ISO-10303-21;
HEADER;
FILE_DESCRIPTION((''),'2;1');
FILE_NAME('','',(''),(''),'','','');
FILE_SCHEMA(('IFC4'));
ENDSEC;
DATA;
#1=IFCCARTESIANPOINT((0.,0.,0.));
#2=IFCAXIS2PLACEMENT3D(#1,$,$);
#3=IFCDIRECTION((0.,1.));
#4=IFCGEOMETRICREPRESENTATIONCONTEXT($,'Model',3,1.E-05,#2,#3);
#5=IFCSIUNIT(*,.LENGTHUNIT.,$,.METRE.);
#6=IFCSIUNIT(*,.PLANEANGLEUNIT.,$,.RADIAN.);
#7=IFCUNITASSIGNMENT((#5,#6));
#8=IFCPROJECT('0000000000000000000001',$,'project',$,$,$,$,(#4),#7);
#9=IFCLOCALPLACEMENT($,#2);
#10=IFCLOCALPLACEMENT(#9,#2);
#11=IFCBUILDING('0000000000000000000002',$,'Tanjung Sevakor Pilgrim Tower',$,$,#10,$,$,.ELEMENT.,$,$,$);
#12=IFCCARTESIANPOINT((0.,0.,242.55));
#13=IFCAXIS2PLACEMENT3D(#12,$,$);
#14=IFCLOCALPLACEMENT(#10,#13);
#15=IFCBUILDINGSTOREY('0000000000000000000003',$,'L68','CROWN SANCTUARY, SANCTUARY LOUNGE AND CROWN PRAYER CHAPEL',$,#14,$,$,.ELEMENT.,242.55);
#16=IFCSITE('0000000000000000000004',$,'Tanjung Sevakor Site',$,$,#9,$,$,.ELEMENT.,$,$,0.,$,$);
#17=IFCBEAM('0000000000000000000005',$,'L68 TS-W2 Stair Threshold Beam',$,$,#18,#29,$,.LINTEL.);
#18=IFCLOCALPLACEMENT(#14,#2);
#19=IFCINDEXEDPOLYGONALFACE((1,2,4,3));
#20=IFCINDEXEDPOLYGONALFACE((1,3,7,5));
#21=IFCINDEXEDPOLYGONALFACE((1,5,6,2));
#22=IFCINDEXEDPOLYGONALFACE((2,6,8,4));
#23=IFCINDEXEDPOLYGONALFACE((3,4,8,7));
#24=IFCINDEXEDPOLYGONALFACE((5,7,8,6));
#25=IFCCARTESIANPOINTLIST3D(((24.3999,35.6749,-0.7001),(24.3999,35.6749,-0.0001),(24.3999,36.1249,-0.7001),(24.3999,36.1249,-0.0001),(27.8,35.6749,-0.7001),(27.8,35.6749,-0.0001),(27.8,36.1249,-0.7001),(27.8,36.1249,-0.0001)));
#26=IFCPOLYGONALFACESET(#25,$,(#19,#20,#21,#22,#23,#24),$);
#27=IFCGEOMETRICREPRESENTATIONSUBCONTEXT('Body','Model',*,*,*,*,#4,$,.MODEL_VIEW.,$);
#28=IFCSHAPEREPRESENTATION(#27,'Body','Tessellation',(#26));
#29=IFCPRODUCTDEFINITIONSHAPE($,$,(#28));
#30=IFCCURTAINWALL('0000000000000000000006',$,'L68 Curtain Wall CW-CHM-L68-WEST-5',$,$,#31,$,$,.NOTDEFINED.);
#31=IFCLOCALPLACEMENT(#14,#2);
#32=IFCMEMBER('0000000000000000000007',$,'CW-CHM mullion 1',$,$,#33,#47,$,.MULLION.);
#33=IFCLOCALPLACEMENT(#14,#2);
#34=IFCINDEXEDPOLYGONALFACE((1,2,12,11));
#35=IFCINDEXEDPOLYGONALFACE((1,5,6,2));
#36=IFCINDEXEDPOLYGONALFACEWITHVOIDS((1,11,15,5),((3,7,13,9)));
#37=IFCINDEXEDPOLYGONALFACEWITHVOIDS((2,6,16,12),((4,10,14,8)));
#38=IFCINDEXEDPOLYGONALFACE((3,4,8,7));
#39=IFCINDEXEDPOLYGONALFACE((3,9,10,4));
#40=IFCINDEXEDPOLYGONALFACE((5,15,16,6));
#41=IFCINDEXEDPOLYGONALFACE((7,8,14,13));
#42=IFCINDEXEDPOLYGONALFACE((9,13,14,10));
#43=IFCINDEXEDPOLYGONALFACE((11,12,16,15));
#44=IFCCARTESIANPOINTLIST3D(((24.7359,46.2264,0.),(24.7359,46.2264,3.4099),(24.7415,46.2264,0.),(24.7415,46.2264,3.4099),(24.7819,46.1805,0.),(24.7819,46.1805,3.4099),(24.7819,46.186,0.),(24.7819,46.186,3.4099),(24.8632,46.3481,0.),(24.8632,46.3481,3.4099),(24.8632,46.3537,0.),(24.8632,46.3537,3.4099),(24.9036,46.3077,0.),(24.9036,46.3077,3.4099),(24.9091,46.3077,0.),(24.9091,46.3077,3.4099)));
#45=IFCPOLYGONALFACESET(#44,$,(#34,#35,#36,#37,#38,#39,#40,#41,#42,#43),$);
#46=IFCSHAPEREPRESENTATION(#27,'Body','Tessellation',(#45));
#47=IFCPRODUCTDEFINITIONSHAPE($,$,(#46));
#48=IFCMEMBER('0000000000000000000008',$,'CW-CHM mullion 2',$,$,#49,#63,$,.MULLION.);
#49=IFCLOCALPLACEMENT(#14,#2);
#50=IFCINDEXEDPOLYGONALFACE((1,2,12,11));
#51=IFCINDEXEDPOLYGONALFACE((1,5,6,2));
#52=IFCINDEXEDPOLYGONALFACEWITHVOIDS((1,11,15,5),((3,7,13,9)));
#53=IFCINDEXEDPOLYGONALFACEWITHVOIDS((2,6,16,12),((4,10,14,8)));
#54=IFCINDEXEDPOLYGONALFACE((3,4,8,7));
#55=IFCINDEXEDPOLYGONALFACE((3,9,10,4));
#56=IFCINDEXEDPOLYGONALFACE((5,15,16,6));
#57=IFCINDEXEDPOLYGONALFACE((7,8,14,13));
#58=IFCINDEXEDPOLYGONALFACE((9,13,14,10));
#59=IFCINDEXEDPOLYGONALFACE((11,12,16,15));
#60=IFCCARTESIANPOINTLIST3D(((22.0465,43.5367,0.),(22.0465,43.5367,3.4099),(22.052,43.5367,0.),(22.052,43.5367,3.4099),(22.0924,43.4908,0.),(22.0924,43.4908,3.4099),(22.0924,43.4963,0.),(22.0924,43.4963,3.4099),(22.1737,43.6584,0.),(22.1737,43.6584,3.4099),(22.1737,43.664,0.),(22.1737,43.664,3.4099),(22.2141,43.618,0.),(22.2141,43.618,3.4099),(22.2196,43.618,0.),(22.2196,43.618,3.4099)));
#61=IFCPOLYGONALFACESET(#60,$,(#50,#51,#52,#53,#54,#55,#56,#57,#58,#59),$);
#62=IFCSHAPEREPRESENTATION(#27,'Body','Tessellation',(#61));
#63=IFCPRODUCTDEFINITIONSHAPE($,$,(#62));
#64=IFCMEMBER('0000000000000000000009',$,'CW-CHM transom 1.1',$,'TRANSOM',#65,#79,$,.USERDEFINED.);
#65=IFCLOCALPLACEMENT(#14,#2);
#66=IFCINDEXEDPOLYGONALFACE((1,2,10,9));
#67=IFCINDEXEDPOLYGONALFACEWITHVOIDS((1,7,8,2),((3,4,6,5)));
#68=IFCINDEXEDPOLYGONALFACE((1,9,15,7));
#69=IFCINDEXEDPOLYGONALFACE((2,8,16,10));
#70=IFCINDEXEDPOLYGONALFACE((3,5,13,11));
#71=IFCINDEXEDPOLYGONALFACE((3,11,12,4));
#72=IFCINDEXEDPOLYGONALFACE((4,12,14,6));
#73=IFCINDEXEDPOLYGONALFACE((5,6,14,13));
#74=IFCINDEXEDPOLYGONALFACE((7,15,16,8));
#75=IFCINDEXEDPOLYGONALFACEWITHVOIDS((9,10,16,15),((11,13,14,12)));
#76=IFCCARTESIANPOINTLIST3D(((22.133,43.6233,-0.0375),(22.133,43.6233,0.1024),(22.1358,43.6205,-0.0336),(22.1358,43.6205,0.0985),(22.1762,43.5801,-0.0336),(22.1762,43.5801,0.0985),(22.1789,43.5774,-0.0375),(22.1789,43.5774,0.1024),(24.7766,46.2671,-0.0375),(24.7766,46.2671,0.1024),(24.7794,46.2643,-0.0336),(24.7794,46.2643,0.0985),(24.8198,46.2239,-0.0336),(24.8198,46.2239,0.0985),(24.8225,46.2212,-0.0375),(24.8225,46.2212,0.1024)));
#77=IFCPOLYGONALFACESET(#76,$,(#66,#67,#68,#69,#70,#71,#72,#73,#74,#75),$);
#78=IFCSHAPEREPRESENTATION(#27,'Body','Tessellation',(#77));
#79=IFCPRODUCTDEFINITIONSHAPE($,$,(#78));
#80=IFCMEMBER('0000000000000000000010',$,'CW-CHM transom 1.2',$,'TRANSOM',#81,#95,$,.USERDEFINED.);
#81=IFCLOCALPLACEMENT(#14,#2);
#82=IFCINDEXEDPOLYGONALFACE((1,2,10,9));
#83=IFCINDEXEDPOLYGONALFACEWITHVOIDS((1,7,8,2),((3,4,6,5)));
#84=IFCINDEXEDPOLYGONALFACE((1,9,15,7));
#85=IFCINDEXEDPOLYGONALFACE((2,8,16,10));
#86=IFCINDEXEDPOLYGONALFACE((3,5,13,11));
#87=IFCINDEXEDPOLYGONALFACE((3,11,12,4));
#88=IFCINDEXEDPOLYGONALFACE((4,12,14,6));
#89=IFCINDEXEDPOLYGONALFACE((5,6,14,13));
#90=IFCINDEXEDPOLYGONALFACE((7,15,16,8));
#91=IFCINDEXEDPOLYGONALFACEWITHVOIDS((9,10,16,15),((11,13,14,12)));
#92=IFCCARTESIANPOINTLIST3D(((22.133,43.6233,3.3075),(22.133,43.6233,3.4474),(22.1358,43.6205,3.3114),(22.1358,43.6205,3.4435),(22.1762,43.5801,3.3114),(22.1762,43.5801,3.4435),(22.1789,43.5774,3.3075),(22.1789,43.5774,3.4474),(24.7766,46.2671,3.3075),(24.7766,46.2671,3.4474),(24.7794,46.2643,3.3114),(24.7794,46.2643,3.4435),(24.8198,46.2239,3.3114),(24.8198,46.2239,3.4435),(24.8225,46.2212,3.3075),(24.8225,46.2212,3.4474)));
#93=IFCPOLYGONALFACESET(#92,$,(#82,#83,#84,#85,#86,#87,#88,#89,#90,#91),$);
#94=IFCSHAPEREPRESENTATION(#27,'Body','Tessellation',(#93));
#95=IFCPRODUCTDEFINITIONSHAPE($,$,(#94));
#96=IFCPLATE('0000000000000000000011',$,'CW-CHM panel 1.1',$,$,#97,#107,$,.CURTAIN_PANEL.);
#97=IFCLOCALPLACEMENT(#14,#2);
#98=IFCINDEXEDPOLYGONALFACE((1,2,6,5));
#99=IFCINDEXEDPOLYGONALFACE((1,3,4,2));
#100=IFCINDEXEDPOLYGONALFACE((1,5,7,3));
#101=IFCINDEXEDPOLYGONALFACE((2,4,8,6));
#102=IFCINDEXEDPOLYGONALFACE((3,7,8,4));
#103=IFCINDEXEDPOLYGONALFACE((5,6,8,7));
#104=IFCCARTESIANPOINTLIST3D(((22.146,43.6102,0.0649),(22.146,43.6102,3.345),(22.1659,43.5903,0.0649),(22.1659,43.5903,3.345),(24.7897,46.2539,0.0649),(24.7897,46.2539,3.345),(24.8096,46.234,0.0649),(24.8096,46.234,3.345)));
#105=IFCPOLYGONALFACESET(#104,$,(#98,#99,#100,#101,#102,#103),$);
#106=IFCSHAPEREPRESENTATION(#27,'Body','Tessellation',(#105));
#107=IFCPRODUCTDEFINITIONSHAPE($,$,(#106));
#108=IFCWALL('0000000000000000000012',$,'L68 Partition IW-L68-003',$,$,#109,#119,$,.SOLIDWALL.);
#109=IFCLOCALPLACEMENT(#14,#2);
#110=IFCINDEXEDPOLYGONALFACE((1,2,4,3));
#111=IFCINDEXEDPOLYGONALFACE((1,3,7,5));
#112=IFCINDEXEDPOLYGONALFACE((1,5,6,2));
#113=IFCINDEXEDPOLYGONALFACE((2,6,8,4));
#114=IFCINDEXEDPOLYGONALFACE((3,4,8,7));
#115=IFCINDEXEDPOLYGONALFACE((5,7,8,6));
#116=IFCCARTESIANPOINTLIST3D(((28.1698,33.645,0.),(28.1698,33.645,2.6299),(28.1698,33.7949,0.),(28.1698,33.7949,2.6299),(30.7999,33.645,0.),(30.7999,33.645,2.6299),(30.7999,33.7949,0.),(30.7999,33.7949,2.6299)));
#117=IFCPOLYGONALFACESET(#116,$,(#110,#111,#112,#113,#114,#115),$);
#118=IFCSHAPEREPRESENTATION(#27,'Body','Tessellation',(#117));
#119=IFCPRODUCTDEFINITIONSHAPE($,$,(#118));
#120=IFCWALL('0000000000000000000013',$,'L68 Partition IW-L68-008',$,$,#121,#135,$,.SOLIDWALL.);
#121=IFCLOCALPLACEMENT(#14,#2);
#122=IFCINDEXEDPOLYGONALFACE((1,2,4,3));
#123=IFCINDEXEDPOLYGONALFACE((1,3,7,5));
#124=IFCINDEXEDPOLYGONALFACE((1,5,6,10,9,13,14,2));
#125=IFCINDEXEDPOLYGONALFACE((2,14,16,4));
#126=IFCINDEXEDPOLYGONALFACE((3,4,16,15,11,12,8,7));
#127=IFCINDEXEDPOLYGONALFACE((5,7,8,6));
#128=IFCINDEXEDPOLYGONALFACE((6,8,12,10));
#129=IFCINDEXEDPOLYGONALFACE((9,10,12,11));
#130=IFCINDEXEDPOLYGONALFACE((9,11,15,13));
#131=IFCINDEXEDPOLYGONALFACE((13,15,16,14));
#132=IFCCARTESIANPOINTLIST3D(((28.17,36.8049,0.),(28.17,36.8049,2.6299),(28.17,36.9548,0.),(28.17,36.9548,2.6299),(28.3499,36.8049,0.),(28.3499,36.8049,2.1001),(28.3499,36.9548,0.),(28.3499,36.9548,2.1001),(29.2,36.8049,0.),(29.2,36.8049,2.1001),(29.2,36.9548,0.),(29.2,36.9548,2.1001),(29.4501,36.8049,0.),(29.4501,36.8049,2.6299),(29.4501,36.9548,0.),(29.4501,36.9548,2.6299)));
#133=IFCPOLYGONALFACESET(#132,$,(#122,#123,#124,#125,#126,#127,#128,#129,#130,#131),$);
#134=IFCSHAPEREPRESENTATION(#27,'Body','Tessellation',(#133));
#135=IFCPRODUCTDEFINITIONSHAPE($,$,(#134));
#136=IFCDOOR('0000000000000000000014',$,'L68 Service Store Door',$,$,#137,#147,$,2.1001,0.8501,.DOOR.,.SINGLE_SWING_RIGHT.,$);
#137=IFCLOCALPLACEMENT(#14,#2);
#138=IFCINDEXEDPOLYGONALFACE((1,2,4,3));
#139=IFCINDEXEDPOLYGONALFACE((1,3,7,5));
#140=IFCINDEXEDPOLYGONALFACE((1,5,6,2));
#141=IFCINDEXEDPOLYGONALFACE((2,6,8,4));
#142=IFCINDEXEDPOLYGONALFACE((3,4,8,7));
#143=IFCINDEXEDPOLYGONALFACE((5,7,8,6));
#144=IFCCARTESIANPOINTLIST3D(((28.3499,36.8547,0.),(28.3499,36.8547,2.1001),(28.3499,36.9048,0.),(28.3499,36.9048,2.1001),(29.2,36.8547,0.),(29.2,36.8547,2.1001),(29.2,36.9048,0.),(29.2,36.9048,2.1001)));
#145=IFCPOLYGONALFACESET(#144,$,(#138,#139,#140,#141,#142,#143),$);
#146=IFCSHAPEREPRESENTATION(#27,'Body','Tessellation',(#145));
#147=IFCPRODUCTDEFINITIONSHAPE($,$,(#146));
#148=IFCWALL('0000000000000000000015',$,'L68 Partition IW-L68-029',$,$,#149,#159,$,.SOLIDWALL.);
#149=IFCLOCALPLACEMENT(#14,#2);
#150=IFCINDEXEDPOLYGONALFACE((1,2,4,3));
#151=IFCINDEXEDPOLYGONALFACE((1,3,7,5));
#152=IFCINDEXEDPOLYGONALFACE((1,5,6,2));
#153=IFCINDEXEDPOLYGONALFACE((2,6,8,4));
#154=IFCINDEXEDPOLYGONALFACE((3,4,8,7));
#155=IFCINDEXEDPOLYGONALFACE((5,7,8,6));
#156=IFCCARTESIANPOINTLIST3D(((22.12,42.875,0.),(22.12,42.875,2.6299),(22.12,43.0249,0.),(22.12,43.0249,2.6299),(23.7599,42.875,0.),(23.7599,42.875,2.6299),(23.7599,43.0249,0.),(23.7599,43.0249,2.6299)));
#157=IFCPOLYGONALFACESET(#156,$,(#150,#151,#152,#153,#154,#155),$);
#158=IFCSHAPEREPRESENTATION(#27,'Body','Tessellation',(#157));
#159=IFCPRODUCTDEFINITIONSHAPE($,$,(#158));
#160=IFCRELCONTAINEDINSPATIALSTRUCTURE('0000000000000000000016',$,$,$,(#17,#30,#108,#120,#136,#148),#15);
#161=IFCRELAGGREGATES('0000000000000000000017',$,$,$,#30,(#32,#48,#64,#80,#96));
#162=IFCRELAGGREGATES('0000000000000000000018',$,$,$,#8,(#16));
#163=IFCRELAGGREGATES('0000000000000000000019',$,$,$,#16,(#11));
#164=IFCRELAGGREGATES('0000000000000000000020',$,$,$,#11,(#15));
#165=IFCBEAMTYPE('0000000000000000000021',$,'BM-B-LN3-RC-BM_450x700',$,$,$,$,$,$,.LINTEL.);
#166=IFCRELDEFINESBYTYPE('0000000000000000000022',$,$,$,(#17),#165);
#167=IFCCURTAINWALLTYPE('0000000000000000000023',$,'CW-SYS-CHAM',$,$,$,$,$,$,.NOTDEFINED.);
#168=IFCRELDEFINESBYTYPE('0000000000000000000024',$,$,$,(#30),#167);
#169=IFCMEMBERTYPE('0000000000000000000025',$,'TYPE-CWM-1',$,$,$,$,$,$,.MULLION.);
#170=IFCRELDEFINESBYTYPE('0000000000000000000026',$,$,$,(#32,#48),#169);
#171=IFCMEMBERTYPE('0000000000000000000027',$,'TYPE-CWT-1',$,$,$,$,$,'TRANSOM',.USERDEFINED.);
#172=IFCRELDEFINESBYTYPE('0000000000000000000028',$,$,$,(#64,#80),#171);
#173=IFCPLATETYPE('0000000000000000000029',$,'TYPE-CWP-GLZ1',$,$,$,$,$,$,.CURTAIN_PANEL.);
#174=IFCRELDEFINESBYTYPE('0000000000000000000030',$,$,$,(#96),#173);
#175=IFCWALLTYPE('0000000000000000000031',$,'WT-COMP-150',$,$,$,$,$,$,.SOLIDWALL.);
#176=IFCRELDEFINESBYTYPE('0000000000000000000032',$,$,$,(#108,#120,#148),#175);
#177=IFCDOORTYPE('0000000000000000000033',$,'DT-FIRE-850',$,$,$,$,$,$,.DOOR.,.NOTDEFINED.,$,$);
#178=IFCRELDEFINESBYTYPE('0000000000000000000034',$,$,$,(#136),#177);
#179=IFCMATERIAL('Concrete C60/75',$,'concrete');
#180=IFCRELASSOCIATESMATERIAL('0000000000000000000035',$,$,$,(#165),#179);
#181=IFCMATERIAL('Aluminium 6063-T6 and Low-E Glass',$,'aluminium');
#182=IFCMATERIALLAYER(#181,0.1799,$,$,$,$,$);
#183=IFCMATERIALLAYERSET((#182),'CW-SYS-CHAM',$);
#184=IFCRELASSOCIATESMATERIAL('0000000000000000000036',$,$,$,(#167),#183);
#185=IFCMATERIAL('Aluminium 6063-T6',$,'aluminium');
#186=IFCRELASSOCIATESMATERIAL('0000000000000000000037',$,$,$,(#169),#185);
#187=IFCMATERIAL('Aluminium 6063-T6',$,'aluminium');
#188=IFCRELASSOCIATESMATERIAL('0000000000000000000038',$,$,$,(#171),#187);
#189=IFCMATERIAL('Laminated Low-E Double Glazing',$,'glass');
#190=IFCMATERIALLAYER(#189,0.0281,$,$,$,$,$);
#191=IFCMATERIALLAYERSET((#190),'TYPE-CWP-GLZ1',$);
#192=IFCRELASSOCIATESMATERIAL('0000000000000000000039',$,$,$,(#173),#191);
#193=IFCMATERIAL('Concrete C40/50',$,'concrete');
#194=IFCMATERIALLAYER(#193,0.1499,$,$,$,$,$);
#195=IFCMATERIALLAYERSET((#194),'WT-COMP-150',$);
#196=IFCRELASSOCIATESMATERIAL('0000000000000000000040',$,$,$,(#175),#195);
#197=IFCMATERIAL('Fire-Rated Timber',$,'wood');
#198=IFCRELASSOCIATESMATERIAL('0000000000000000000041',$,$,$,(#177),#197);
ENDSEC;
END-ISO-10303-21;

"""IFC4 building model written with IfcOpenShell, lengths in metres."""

from ifc_helpers import new_model, si_unit, direction, frame, frame_2d, origin, origin_2d, place, context, subcontext, project, spatial, rectangle, hollow_rectangle, extrude, material, layer, layer_set, material_profile, profile_set, type_object, element, fill, aggregate, save


model = new_model("IFC4")

# Units and contexts
model_context = context("Model", 3, precision=1e-05, world=origin(), true_north=direction((0.0, 1.0)))
body_context = subcontext(model_context, "Body", "Model", "MODEL_VIEW")
ifc_project = project(units=[si_unit("LENGTHUNIT", "METRE"), si_unit("PLANEANGLEUNIT", "RADIAN")], contexts=[model_context])

# Site, building, storey
site_placement = place(None, origin())
site = spatial("IfcSite", under=ifc_project, at=site_placement, Name="Tanjung Sevakor Site", CompositionType="ELEMENT", RefElevation=0.0)
building_placement = place(site_placement, origin())
building = spatial("IfcBuilding", under=site, at=building_placement, Name="Tanjung Sevakor Pilgrim Tower", CompositionType="ELEMENT")
storey_placement = place(building_placement, frame((0.0, 0.0, 242.55)))
storey = spatial("IfcBuildingStorey", under=building, at=storey_placement, Name="L68", Description="CROWN SANCTUARY, SANCTUARY LOUNGE AND CROWN PRAYER CHAPEL", CompositionType="ELEMENT", Elevation=242.55)

# Beam
ifc_material_1 = material(Name="Concrete C60/75", Category="concrete")
ifc_material_profile_1 = material_profile(ifc_material_1, rectangle(XDim=0.45, YDim=0.7, at=origin_2d()))
ifc_profile_set_1 = profile_set([ifc_material_profile_1], Name="Concrete C60/75")
beam_type = type_object("IfcBeamType", Name="BM-B-LN3-RC-BM_450x700", PredefinedType="LINTEL", material=ifc_profile_set_1)
beam_placement = place(storey_placement, frame((24.3999, 35.8999, -0.3501), z_axis=(1.0, 0.0, 0.0), x_axis=(0.0, 1.0, 0.0)))
element("IfcBeam", 1, at=beam_placement, inside=storey, type_object=beam_type, Name="L68 TS-W2 Stair Threshold Beam", PredefinedType="LINTEL", context=body_context, shape_type="SweptSolid", body=[
    extrude(rectangle(XDim=0.45, YDim=0.7, at=origin_2d()), origin(), (0.0, 0.0, 1.0), 3.4001),
])

# Curtain wall, members, plate
ifc_material_2 = material(Name="Aluminium 6063-T6 and Low-E Glass", Category="aluminium")
ifc_layer_1 = layer(ifc_material_2, 0.1799)
ifc_layer_set_1 = layer_set([ifc_layer_1], Name="CW-SYS-CHAM")
curtain_wall_type = type_object("IfcCurtainWallType", Name="CW-SYS-CHAM", PredefinedType="NOTDEFINED", material=ifc_layer_set_1)
curtain_wall_placement = place(storey_placement, origin())
curtain_wall = element("IfcCurtainWall", 2, at=curtain_wall_placement, inside=storey, type_object=curtain_wall_type, Name="L68 Curtain Wall CW-CHM-L68-WEST-5", PredefinedType="NOTDEFINED")
ifc_material_3 = material(Name="Aluminium 6063-T6", Category="aluminium")
ifc_material_profile_2 = material_profile(ifc_material_3, hollow_rectangle(XDim=0.0649, YDim=0.1799, WallThickness=0.0039, at=origin_2d()))
ifc_profile_set_2 = profile_set([ifc_material_profile_2], Name="Aluminium 6063-T6")
member_type_1 = type_object("IfcMemberType", Name="TYPE-CWM-1", PredefinedType="MULLION", material=ifc_profile_set_2)
member_1_placement = place(storey_placement, frame((24.8225, 46.2671, 0.0), z_axis=(0.0, 0.0, 1.0), x_axis=(0.707107, -0.707107, 0.0)))
member_1 = element("IfcMember", 3, at=member_1_placement, type_object=member_type_1, Name="CW-CHM mullion 1", PredefinedType="MULLION", context=body_context, shape_type="SweptSolid", body=[
    extrude(hollow_rectangle(XDim=0.0649, YDim=0.1799, WallThickness=0.0039, at=origin_2d()), origin(), (0.0, 0.0, 1.0), 3.4099),
])
member_2_placement = place(storey_placement, frame((22.1331, 43.5774, 0.0), z_axis=(0.0, 0.0, 1.0), x_axis=(0.707107, -0.707107, 0.0)))
member_2 = element("IfcMember", 4, at=member_2_placement, type_object=member_type_1, Name="CW-CHM mullion 2", PredefinedType="MULLION", context=body_context, shape_type="SweptSolid", body=[
    extrude(hollow_rectangle(XDim=0.0649, YDim=0.1799, WallThickness=0.0039, at=origin_2d()), origin(), (0.0, 0.0, 1.0), 3.4099),
])
ifc_material_4 = material(Name="Aluminium 6063-T6", Category="aluminium")
ifc_material_profile_3 = material_profile(ifc_material_4, hollow_rectangle(XDim=0.0649, YDim=0.1399, WallThickness=0.0039, at=origin_2d()))
ifc_profile_set_3 = profile_set([ifc_material_profile_3], Name="Aluminium 6063-T6")
member_type_2 = type_object("IfcMemberType", Name="TYPE-CWT-1", ElementType="TRANSOM", PredefinedType="USERDEFINED", material=ifc_profile_set_3)
member_3_placement = place(storey_placement, frame((24.7996, 46.2441, 0.0325), z_axis=(-0.707074, -0.707139, 0.0), x_axis=(0.707139, -0.707074, 0.0)))
member_3 = element("IfcMember", 5, at=member_3_placement, type_object=member_type_2, Name="CW-CHM transom 1.1", ObjectType="TRANSOM", PredefinedType="USERDEFINED", context=body_context, shape_type="SweptSolid", body=[
    extrude(hollow_rectangle(XDim=0.0649, YDim=0.1399, WallThickness=0.0039, at=origin_2d()), origin(), (0.0, 0.0, 1.0), 3.7388),
])
member_4_placement = place(storey_placement, frame((24.7996, 46.2441, 3.3774), z_axis=(-0.707074, -0.707139, 0.0), x_axis=(0.707139, -0.707074, 0.0)))
member_4 = element("IfcMember", 6, at=member_4_placement, type_object=member_type_2, Name="CW-CHM transom 1.2", ObjectType="TRANSOM", PredefinedType="USERDEFINED", context=body_context, shape_type="SweptSolid", body=[
    extrude(hollow_rectangle(XDim=0.0649, YDim=0.1399, WallThickness=0.0039, at=origin_2d()), origin(), (0.0, 0.0, 1.0), 3.7388),
])
ifc_material_5 = material(Name="Laminated Low-E Double Glazing", Category="glass")
ifc_layer_2 = layer(ifc_material_5, 0.0281)
ifc_layer_set_2 = layer_set([ifc_layer_2], Name="TYPE-CWP-GLZ1")
plate_type = type_object("IfcPlateType", Name="TYPE-CWP-GLZ1", PredefinedType="CURTAIN_PANEL", material=ifc_layer_set_2)
plate_placement = place(storey_placement, frame((23.4778, 44.9221, 0.0649), z_axis=(0.0, 0.0, 1.0), x_axis=(-0.707107, -0.707107, 0.0)))
plate = element("IfcPlate", 7, at=plate_placement, type_object=plate_type, Name="CW-CHM panel 1.1", PredefinedType="CURTAIN_PANEL", context=body_context, shape_type="SweptSolid", body=[
    extrude(rectangle(XDim=3.7388, YDim=0.0281, at=origin_2d()), origin(), (0.0, 0.0, 1.0), 3.28),
])
aggregate(curtain_wall, [member_1, member_2, member_3, member_4, plate])

# Wall
ifc_material_6 = material(Name="Concrete C40/50", Category="concrete")
ifc_layer_3 = layer(ifc_material_6, 0.1499)
ifc_layer_set_3 = layer_set([ifc_layer_3], Name="WT-COMP-150")
wall_type_1 = type_object("IfcWallType", Name="WT-COMP-150", PredefinedType="SOLIDWALL", material=ifc_layer_set_3)
wall_1_placement = place(storey_placement, frame((28.1699, 33.72, 0.0), z_axis=(0.0, 0.0, 1.0), x_axis=(1.0, 0.0, 0.0)))
element("IfcWall", 8, at=wall_1_placement, inside=storey, type_object=wall_type_1, Name="L68 Partition IW-L68-003", PredefinedType="SOLIDWALL", context=body_context, shape_type="SweptSolid", body=[
    extrude(rectangle(XDim=2.6301, YDim=0.1499, at=frame_2d((1.3149, 0.0))), origin(), (0.0, 0.0, 1.0), 2.6299),
])

# Wall, opening, door
wall_2_placement = place(storey_placement, frame((28.1699, 36.8799, 0.0), z_axis=(0.0, 0.0, 1.0), x_axis=(1.0, 0.0, 0.0)))
wall_2 = element("IfcWall", 9, at=wall_2_placement, inside=storey, type_object=wall_type_1, Name="L68 Partition IW-L68-008", PredefinedType="SOLIDWALL", context=body_context, shape_type="SweptSolid", body=[
    extrude(rectangle(XDim=1.28, YDim=0.1499, at=frame_2d((0.6401, 0.0))), origin(), (0.0, 0.0, 1.0), 2.6299),
])
opening_1_placement = place(wall_2_placement, frame((0.1799, 0.0, 0.0)))
opening_1 = element("IfcOpeningElement", 10, at=opening_1_placement, cuts=wall_2, PredefinedType="OPENING", context=body_context, shape_type="SweptSolid", body=[
    extrude(rectangle(XDim=0.8501, YDim=2.1001, at=frame_2d((0.425, 1.05))), frame((0.0, 0.085, 0.0), z_axis=(0.0, -1.0, 0.0), x_axis=(1.0, 0.0, 0.0)), (0.0, 0.0, 1.0), 0.1699),
])
ifc_material_7 = material(Name="Fire-Rated Timber", Category="wood")
door_type_1 = type_object("IfcDoorType", Name="DT-FIRE-850", OperationType="NOTDEFINED", PredefinedType="DOOR", material=ifc_material_7)
door_1_placement = place(opening_1_placement, origin())
door_1 = element("IfcDoor", 11, at=door_1_placement, inside=storey, type_object=door_type_1, Name="L68 Service Store Door", OperationType="SINGLE_SWING_RIGHT", OverallHeight=2.1001, OverallWidth=0.8501, PredefinedType="DOOR", context=body_context, shape_type="SweptSolid", body=[
    extrude(rectangle(XDim=0.8501, YDim=2.1001, at=frame_2d((0.425, 1.05))), frame((0.0, 0.0249, 0.0), z_axis=(0.0, -1.0, 0.0), x_axis=(1.0, 0.0, 0.0)), (0.0, 0.0, 1.0), 0.05),
])
fill(opening_1, door_1)

# Wall
wall_3_placement = place(storey_placement, frame((22.1201, 42.95, 0.0), z_axis=(0.0, 0.0, 1.0), x_axis=(1.0, 0.0, 0.0)))
element("IfcWall", 12, at=wall_3_placement, inside=storey, type_object=wall_type_1, Name="L68 Partition IW-L68-029", PredefinedType="SOLIDWALL", context=body_context, shape_type="SweptSolid", body=[
    extrude(rectangle(XDim=1.6399, YDim=0.1499, at=frame_2d((0.8198, 0.0))), origin(), (0.0, 0.0, 1.0), 2.6299),
])

save(model, "model.ifc")
